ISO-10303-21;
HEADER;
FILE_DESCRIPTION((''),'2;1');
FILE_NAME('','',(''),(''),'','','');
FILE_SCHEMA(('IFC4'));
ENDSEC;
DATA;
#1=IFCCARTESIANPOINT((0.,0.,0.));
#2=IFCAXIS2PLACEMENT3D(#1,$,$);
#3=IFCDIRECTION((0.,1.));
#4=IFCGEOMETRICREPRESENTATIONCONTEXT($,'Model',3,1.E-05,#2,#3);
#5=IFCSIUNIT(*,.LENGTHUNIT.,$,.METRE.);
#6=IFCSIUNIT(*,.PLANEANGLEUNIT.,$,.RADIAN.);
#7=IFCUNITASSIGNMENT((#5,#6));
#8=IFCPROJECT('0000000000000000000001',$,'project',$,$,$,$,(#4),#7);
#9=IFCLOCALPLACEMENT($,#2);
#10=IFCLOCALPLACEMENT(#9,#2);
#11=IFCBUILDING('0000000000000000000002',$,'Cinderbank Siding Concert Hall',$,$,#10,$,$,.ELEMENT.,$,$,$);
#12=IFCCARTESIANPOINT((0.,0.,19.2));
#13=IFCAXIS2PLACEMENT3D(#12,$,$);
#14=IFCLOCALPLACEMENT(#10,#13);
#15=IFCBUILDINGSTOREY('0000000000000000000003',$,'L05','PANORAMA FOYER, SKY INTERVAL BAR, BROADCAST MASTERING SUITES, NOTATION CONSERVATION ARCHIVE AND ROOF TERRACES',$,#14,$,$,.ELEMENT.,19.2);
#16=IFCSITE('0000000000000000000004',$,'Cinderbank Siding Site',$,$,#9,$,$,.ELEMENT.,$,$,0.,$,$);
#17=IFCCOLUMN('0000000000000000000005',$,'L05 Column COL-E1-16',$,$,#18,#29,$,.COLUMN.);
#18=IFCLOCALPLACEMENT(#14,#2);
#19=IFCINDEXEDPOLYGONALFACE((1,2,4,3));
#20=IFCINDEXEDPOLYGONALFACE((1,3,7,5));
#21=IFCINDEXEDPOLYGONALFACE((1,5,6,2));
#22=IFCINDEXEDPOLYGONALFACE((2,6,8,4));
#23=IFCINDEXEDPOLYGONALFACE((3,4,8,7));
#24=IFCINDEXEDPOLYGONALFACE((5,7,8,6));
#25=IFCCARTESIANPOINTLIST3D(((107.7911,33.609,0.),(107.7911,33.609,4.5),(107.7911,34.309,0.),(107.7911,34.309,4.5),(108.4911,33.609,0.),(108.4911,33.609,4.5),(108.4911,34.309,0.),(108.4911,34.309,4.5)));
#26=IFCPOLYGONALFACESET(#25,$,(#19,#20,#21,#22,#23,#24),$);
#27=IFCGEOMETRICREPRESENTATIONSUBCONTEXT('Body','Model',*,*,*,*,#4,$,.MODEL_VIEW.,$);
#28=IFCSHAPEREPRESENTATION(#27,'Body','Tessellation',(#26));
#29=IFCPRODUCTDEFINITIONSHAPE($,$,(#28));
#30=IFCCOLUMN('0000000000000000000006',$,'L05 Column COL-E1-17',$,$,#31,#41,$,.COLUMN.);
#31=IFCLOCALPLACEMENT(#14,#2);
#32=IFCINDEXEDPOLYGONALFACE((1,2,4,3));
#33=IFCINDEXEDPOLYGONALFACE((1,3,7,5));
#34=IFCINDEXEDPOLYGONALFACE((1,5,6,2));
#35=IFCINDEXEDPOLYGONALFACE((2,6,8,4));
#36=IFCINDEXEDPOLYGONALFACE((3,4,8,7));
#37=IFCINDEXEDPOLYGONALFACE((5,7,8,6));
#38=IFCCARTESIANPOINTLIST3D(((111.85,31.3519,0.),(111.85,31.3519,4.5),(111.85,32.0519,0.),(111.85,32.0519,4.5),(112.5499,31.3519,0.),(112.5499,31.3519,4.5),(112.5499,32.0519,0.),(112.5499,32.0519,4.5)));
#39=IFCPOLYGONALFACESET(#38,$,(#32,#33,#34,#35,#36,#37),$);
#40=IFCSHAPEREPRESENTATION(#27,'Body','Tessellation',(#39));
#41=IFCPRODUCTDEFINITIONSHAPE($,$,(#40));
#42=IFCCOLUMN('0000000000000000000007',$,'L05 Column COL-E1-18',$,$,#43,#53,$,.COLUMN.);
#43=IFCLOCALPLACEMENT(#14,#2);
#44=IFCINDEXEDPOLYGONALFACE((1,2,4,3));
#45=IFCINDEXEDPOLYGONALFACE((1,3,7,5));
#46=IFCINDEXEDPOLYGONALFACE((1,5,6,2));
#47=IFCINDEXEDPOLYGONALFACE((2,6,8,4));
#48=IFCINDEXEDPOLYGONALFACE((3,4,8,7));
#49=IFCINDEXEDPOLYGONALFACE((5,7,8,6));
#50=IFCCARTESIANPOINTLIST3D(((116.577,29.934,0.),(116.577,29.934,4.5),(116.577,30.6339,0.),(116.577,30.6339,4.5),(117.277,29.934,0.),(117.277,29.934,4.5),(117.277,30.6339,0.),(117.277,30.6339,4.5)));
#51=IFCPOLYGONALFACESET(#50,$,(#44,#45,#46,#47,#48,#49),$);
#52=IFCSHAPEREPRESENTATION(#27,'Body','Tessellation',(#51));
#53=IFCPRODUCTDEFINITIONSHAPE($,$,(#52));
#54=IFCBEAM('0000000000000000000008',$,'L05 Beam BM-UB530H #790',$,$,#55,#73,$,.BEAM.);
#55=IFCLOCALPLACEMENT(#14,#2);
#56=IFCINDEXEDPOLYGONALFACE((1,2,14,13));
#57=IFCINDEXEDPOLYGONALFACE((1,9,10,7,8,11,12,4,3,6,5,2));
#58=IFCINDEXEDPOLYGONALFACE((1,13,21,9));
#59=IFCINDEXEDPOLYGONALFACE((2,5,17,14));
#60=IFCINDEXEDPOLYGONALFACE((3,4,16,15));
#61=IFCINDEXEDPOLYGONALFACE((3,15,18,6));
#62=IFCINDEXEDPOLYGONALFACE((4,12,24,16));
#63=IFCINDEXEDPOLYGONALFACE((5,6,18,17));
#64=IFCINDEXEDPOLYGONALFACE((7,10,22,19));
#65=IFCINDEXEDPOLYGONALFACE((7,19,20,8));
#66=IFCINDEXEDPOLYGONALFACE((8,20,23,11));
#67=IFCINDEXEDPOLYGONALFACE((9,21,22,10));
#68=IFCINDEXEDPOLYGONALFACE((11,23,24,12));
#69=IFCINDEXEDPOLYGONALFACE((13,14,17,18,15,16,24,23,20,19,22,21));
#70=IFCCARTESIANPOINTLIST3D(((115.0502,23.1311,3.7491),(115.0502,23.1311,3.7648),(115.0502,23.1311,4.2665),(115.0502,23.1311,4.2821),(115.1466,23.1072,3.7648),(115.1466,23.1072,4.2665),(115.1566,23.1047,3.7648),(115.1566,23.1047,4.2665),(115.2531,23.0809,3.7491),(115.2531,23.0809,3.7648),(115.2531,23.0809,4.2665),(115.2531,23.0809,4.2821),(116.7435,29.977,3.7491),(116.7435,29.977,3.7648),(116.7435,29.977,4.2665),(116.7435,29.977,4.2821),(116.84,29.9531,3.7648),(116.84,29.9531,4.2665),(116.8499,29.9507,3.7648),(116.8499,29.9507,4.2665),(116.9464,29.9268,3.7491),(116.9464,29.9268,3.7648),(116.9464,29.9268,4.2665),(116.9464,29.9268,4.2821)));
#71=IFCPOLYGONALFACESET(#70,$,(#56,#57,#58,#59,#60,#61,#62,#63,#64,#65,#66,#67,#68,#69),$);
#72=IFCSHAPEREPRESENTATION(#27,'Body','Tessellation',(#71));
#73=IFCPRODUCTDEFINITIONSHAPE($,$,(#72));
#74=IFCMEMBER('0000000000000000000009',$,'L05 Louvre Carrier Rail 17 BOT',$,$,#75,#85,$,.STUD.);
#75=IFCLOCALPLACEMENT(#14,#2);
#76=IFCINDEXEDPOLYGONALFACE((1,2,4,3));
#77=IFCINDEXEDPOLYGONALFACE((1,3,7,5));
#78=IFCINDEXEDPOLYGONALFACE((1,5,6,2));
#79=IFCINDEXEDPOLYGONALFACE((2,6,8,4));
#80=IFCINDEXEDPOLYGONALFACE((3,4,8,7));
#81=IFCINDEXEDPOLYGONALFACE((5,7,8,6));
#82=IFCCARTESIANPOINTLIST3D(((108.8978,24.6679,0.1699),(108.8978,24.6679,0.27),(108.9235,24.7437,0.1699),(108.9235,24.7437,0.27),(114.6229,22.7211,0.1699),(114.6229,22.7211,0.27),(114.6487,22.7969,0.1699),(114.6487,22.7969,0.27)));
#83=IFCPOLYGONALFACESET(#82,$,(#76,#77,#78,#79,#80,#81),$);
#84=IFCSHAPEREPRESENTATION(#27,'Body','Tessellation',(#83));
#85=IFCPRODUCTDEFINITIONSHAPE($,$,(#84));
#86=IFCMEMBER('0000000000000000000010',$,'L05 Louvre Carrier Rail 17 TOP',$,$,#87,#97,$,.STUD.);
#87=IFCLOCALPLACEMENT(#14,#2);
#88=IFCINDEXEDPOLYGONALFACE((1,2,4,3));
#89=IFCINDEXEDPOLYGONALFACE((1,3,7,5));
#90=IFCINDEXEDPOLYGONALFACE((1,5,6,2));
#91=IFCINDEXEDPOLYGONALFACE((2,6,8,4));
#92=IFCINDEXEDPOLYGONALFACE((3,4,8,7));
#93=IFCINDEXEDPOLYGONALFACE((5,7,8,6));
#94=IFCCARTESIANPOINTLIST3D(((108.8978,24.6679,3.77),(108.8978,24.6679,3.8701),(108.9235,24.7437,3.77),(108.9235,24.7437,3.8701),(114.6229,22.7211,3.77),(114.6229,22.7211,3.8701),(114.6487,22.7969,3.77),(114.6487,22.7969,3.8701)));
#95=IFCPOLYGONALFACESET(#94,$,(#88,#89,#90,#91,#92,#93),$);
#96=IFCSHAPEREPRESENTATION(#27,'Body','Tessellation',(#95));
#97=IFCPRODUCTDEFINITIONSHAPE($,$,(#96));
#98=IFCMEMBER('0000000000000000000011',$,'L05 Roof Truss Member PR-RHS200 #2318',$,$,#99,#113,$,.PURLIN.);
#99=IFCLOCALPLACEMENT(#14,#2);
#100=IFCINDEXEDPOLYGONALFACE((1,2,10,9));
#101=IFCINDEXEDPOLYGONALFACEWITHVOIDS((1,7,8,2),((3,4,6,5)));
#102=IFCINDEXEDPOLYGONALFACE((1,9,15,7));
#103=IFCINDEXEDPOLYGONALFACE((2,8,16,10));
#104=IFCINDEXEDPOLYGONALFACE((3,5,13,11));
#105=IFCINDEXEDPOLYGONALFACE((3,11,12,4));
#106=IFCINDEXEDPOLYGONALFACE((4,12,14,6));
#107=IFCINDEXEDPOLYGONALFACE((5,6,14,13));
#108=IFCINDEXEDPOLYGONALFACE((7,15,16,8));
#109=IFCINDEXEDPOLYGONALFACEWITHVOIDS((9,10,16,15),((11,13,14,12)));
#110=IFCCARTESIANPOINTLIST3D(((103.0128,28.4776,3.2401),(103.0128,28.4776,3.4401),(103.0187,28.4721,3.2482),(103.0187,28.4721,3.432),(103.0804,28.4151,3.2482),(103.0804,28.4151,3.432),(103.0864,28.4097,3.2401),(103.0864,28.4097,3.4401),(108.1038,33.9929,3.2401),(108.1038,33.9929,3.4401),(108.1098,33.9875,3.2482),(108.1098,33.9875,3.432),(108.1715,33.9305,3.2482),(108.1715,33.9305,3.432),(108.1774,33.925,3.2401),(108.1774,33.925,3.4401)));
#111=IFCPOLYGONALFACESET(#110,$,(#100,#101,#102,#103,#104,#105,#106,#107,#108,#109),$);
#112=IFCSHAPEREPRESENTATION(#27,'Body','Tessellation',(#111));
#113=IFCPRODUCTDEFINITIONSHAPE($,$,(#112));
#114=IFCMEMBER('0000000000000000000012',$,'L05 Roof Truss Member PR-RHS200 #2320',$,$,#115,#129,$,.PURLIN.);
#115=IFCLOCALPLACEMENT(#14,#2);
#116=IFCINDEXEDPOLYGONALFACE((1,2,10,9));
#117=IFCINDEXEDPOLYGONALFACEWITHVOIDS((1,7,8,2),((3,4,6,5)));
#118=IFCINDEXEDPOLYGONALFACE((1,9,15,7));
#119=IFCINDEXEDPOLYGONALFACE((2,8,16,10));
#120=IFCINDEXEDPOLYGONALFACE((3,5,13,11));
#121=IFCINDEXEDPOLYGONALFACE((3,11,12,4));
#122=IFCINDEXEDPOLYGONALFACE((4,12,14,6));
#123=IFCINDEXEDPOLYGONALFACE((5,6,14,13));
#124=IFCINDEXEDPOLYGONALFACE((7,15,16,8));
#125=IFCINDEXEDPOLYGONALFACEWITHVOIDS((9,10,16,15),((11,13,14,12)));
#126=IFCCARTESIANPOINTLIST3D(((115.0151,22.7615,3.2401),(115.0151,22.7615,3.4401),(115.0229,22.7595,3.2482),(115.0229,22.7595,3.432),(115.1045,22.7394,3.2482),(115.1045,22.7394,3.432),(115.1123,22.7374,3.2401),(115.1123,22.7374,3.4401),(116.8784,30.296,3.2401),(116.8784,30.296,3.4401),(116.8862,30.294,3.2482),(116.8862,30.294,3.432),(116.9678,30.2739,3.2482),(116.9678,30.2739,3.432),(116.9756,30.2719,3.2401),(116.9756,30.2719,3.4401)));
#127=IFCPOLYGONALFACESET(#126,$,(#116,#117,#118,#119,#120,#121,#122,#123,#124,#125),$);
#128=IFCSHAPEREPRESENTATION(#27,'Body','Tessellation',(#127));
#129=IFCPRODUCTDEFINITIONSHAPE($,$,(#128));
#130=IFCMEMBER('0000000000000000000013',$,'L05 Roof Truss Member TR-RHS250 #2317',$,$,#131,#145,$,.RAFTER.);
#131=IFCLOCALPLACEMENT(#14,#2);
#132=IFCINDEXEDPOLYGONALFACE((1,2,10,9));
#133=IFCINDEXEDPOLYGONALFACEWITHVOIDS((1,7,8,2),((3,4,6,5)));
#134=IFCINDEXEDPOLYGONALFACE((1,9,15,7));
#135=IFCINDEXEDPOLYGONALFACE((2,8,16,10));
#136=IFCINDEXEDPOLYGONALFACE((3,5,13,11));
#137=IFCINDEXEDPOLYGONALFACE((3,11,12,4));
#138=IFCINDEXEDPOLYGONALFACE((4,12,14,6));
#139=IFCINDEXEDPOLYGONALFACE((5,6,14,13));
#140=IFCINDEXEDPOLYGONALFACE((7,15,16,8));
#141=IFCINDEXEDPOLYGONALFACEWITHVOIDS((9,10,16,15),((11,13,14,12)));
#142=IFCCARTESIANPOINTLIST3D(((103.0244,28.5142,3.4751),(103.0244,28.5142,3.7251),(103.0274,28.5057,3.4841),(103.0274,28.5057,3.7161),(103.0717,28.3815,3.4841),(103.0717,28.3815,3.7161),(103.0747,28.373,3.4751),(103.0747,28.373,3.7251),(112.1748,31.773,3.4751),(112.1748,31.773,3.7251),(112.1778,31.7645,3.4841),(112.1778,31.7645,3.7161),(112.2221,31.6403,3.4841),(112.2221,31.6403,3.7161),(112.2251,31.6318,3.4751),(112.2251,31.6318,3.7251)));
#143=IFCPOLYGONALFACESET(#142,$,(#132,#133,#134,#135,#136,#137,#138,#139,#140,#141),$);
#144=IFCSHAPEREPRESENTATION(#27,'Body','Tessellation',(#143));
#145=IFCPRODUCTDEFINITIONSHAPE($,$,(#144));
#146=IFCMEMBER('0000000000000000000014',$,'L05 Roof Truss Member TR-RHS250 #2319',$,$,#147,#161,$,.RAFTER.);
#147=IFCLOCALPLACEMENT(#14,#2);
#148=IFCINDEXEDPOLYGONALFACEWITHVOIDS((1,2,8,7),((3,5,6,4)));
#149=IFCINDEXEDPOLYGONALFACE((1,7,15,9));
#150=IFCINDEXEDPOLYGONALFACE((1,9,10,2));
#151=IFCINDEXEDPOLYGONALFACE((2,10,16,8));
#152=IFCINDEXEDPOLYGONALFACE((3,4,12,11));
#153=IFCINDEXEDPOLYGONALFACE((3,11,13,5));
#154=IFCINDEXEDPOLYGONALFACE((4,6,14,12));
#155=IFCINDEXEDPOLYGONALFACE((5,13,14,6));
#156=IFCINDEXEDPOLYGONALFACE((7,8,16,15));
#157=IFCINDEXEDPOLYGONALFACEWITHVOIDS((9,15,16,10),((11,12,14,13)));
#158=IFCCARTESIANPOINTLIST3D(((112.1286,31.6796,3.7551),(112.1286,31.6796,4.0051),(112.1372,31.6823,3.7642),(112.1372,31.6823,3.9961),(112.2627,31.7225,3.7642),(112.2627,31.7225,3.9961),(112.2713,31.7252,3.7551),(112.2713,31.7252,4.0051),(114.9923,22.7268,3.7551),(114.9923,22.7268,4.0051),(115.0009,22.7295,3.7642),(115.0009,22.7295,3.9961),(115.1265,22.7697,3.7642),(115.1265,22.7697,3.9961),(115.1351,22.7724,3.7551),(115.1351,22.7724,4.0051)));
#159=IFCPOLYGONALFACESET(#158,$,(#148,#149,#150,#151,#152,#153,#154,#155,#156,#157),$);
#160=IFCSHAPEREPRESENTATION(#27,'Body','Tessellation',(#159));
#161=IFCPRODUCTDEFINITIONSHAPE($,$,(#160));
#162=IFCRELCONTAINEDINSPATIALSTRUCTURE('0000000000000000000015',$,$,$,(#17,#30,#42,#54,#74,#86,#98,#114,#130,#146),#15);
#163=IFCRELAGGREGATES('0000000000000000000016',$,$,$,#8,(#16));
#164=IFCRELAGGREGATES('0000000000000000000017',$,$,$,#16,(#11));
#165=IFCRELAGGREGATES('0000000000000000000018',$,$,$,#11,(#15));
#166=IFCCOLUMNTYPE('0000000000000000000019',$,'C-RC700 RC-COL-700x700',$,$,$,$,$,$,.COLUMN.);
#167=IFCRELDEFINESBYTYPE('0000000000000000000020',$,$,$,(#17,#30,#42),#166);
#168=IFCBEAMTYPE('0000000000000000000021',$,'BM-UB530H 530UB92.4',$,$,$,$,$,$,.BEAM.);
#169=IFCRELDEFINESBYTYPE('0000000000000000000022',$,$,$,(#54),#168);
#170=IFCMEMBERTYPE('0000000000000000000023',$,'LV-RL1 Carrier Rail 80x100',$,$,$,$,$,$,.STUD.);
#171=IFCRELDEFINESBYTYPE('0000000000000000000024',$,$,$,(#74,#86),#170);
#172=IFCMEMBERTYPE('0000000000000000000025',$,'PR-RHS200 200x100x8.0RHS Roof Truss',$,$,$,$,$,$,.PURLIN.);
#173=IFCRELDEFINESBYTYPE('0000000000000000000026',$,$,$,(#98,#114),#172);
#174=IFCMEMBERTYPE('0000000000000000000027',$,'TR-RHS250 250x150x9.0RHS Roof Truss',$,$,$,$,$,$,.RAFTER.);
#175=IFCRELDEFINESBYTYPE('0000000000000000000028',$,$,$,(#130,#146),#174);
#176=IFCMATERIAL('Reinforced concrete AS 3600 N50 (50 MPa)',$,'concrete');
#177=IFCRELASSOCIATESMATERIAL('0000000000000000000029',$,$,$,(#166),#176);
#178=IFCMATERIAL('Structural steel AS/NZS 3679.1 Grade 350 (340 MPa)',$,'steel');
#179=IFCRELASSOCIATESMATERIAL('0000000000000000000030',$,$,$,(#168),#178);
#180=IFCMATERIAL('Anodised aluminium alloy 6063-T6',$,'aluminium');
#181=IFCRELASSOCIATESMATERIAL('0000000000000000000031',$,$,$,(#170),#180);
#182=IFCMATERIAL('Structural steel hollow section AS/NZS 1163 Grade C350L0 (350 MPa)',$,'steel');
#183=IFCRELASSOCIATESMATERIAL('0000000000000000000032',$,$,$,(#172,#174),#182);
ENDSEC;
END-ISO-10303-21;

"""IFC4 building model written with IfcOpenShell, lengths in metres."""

from ifc_helpers import new_model, si_unit, direction, frame, origin, origin_2d, place, context, subcontext, project, spatial, rectangle, hollow_rectangle, i_section, extrude, material, material_profile, profile_set, type_object, element, save


model = new_model("IFC4")

# Units and contexts
model_context = context("Model", 3, precision=1e-05, world=origin(), true_north=direction((0.0, 1.0)))
body_context = subcontext(model_context, "Body", "Model", "MODEL_VIEW")
ifc_project = project(units=[si_unit("LENGTHUNIT", "METRE"), si_unit("PLANEANGLEUNIT", "RADIAN")], contexts=[model_context])

# Site, building, storey
site_placement = place(None, origin())
site = spatial("IfcSite", under=ifc_project, at=site_placement, Name="Cinderbank Siding Site", CompositionType="ELEMENT", RefElevation=0.0)
building_placement = place(site_placement, origin())
building = spatial("IfcBuilding", under=site, at=building_placement, Name="Cinderbank Siding Concert Hall", CompositionType="ELEMENT")
storey_placement = place(building_placement, frame((0.0, 0.0, 19.2)))
storey = spatial("IfcBuildingStorey", under=building, at=storey_placement, Name="L05", Description="PANORAMA FOYER, SKY INTERVAL BAR, BROADCAST MASTERING SUITES, NOTATION CONSERVATION ARCHIVE AND ROOF TERRACES", CompositionType="ELEMENT", Elevation=19.2)

# Columns
ifc_material_1 = material(Name="Reinforced concrete AS 3600 N50 (50 MPa)", Category="concrete")
ifc_material_profile_1 = material_profile(ifc_material_1, rectangle(XDim=0.7, YDim=0.7, at=origin_2d()), Name="RC-COL-700x700", Category="LoadBearing")
ifc_profile_set_1 = profile_set([ifc_material_profile_1], Name="Reinforced concrete AS 3600 N50 (50 MPa)")
column_type = type_object("IfcColumnType", Name="C-RC700 RC-COL-700x700", PredefinedType="COLUMN", material=ifc_profile_set_1)
for number, where, z_axis, x_axis, name in (
    (1, (108.1411, 33.959, 0.0), (0.0, 0.0, 1.0), (1.0, 0.0, 0.0), "L05 Column COL-E1-16"),
    (2, (112.2, 31.7019, 0.0), (0.0, 0.0, 1.0), (1.0, 0.0, 0.0), "L05 Column COL-E1-17"),
    (3, (116.927, 30.2839, 0.0), (0.0, 0.0, 1.0), (1.0, 0.0, 0.0), "L05 Column COL-E1-18"),
):
    element("IfcColumn", number, at=place(storey_placement, frame(where, z_axis=z_axis, x_axis=x_axis)), inside=storey, type_object=column_type, Name=name, PredefinedType="COLUMN", context=body_context, shape_type="SweptSolid", body=[
        extrude(rectangle(XDim=0.7, YDim=0.7, at=origin_2d()), origin(), (0.0, 0.0, 1.0), 4.5),
    ])

# Beam
ifc_material_2 = material(Name="Structural steel AS/NZS 3679.1 Grade 350 (340 MPa)", Category="steel")
ifc_material_profile_2 = material_profile(ifc_material_2, i_section(OverallWidth=0.209, OverallDepth=0.533, WebThickness=0.0103, FlangeThickness=0.0156, at=origin_2d()), Name="530UB92.4", Category="LoadBearing")
ifc_profile_set_2 = profile_set([ifc_material_profile_2], Name="Structural steel AS/NZS 3679.1 Grade 350 (340 MPa)")
beam_type = type_object("IfcBeamType", Name="BM-UB530H 530UB92.4", PredefinedType="BEAM", material=ifc_profile_set_2)
beam_placement = place(storey_placement, frame((116.845, 29.9519, 4.0156), z_axis=(-0.240116, -0.970744, 0.0), x_axis=(0.970744, -0.240116, 0.0)))
element("IfcBeam", 4, at=beam_placement, inside=storey, type_object=beam_type, Name="L05 Beam BM-UB530H #790", PredefinedType="BEAM", context=body_context, shape_type="SweptSolid", body=[
    extrude(i_section(OverallWidth=0.209, OverallDepth=0.533, WebThickness=0.0103, FlangeThickness=0.0156, at=origin_2d()), origin(), (0.0, 0.0, 1.0), 7.0522),
])

# Members
ifc_material_3 = material(Name="Anodised aluminium alloy 6063-T6", Category="aluminium")
ifc_material_profile_3 = material_profile(ifc_material_3, rectangle(XDim=0.0801, YDim=0.1001, at=origin_2d()), Name="ALU-RAIL-80x100", Category="LoadBearing")
ifc_profile_set_3 = profile_set([ifc_material_profile_3], Name="Anodised aluminium alloy 6063-T6")
member_type_1 = type_object("IfcMemberType", Name="LV-RL1 Carrier Rail 80x100", PredefinedType="STUD", material=ifc_profile_set_3)
for number, where, z_axis, x_axis, name in (
    (5, (108.9106, 24.7058, 0.22), (0.94676, -0.321939, 0.0), (0.321939, 0.94676, 0.0), "L05 Louvre Carrier Rail 17 BOT"),
    (6, (108.9106, 24.7058, 3.8201), (0.94676, -0.321939, 0.0), (0.321939, 0.94676, 0.0), "L05 Louvre Carrier Rail 17 TOP"),
):
    element("IfcMember", number, at=place(storey_placement, frame(where, z_axis=z_axis, x_axis=x_axis)), inside=storey, type_object=member_type_1, Name=name, PredefinedType="STUD", context=body_context, shape_type="SweptSolid", body=[
        extrude(rectangle(XDim=0.0801, YDim=0.1001, at=origin_2d()), origin(), (0.0, 0.0, 1.0), 6.0471),
    ])
ifc_material_4 = material(Name="Structural steel hollow section AS/NZS 1163 Grade C350L0 (350 MPa)", Category="steel")
ifc_material_profile_4 = material_profile(ifc_material_4, hollow_rectangle(XDim=0.1001, YDim=0.2, WallThickness=0.0081, at=origin_2d()), Name="200x100x8.0RHS", Category="LoadBearing")
ifc_profile_set_4 = profile_set([ifc_material_profile_4], Name="Structural steel hollow section AS/NZS 1163 Grade C350L0 (350 MPa)")
member_type_2 = type_object("IfcMemberType", Name="PR-RHS200 200x100x8.0RHS Roof Truss", PredefinedType="PURLIN", material=ifc_profile_set_4)
member_1_placement = place(storey_placement, frame((108.1406, 33.959, 3.3401), z_axis=(-0.678276, -0.734807, 0.0), x_axis=(0.734807, -0.678276, 0.0)))
element("IfcMember", 7, at=member_1_placement, inside=storey, type_object=member_type_2, Name="L05 Roof Truss Member PR-RHS200 #2318", PredefinedType="PURLIN", context=body_context, shape_type="SweptSolid", body=[
    extrude(hollow_rectangle(XDim=0.1001, YDim=0.2, WallThickness=0.0081, at=origin_2d()), origin(), (0.0, 0.0, 1.0), 7.5059),
])
member_2_placement = place(storey_placement, frame((116.927, 30.2839, 3.3401), z_axis=(-0.24007, -0.970756, 0.0), x_axis=(0.970756, -0.24007, 0.0)))
element("IfcMember", 8, at=member_2_placement, inside=storey, type_object=member_type_2, Name="L05 Roof Truss Member PR-RHS200 #2320", PredefinedType="PURLIN", context=body_context, shape_type="SweptSolid", body=[
    extrude(hollow_rectangle(XDim=0.1001, YDim=0.2, WallThickness=0.0081, at=origin_2d()), origin(), (0.0, 0.0, 1.0), 7.7615),
])
ifc_material_profile_5 = material_profile(ifc_material_4, hollow_rectangle(XDim=0.1499, YDim=0.25, WallThickness=0.009, at=origin_2d()), Name="250x150x9.0RHS", Category="LoadBearing")
ifc_profile_set_5 = profile_set([ifc_material_profile_5], Name="Structural steel hollow section AS/NZS 1163 Grade C350L0 (350 MPa)")
member_type_3 = type_object("IfcMemberType", Name="TR-RHS250 250x150x9.0RHS Roof Truss", PredefinedType="RAFTER", material=ifc_profile_set_5)
member_3_placement = place(storey_placement, frame((112.2, 31.7024, 3.6001), z_axis=(-0.942042, -0.335496, 0.0), x_axis=(0.335496, -0.942042, 0.0)))
element("IfcMember", 9, at=member_3_placement, inside=storey, type_object=member_type_3, Name="L05 Roof Truss Member TR-RHS250 #2317", PredefinedType="RAFTER", context=body_context, shape_type="SweptSolid", body=[
    extrude(hollow_rectangle(XDim=0.1499, YDim=0.25, WallThickness=0.009, at=origin_2d()), origin(), (0.0, 0.0, 1.0), 9.7134),
])
member_4_placement = place(storey_placement, frame((112.2, 31.7024, 3.8801), z_axis=(0.304665, -0.95246, 0.0), x_axis=(0.95246, 0.304665, 0.0)))
element("IfcMember", 10, at=member_4_placement, inside=storey, type_object=member_type_3, Name="L05 Roof Truss Member TR-RHS250 #2319", PredefinedType="RAFTER", context=body_context, shape_type="SweptSolid", body=[
    extrude(hollow_rectangle(XDim=0.1499, YDim=0.25, WallThickness=0.009, at=origin_2d()), origin(), (0.0, 0.0, 1.0), 9.3997),
])

save(model, "model.ifc")
